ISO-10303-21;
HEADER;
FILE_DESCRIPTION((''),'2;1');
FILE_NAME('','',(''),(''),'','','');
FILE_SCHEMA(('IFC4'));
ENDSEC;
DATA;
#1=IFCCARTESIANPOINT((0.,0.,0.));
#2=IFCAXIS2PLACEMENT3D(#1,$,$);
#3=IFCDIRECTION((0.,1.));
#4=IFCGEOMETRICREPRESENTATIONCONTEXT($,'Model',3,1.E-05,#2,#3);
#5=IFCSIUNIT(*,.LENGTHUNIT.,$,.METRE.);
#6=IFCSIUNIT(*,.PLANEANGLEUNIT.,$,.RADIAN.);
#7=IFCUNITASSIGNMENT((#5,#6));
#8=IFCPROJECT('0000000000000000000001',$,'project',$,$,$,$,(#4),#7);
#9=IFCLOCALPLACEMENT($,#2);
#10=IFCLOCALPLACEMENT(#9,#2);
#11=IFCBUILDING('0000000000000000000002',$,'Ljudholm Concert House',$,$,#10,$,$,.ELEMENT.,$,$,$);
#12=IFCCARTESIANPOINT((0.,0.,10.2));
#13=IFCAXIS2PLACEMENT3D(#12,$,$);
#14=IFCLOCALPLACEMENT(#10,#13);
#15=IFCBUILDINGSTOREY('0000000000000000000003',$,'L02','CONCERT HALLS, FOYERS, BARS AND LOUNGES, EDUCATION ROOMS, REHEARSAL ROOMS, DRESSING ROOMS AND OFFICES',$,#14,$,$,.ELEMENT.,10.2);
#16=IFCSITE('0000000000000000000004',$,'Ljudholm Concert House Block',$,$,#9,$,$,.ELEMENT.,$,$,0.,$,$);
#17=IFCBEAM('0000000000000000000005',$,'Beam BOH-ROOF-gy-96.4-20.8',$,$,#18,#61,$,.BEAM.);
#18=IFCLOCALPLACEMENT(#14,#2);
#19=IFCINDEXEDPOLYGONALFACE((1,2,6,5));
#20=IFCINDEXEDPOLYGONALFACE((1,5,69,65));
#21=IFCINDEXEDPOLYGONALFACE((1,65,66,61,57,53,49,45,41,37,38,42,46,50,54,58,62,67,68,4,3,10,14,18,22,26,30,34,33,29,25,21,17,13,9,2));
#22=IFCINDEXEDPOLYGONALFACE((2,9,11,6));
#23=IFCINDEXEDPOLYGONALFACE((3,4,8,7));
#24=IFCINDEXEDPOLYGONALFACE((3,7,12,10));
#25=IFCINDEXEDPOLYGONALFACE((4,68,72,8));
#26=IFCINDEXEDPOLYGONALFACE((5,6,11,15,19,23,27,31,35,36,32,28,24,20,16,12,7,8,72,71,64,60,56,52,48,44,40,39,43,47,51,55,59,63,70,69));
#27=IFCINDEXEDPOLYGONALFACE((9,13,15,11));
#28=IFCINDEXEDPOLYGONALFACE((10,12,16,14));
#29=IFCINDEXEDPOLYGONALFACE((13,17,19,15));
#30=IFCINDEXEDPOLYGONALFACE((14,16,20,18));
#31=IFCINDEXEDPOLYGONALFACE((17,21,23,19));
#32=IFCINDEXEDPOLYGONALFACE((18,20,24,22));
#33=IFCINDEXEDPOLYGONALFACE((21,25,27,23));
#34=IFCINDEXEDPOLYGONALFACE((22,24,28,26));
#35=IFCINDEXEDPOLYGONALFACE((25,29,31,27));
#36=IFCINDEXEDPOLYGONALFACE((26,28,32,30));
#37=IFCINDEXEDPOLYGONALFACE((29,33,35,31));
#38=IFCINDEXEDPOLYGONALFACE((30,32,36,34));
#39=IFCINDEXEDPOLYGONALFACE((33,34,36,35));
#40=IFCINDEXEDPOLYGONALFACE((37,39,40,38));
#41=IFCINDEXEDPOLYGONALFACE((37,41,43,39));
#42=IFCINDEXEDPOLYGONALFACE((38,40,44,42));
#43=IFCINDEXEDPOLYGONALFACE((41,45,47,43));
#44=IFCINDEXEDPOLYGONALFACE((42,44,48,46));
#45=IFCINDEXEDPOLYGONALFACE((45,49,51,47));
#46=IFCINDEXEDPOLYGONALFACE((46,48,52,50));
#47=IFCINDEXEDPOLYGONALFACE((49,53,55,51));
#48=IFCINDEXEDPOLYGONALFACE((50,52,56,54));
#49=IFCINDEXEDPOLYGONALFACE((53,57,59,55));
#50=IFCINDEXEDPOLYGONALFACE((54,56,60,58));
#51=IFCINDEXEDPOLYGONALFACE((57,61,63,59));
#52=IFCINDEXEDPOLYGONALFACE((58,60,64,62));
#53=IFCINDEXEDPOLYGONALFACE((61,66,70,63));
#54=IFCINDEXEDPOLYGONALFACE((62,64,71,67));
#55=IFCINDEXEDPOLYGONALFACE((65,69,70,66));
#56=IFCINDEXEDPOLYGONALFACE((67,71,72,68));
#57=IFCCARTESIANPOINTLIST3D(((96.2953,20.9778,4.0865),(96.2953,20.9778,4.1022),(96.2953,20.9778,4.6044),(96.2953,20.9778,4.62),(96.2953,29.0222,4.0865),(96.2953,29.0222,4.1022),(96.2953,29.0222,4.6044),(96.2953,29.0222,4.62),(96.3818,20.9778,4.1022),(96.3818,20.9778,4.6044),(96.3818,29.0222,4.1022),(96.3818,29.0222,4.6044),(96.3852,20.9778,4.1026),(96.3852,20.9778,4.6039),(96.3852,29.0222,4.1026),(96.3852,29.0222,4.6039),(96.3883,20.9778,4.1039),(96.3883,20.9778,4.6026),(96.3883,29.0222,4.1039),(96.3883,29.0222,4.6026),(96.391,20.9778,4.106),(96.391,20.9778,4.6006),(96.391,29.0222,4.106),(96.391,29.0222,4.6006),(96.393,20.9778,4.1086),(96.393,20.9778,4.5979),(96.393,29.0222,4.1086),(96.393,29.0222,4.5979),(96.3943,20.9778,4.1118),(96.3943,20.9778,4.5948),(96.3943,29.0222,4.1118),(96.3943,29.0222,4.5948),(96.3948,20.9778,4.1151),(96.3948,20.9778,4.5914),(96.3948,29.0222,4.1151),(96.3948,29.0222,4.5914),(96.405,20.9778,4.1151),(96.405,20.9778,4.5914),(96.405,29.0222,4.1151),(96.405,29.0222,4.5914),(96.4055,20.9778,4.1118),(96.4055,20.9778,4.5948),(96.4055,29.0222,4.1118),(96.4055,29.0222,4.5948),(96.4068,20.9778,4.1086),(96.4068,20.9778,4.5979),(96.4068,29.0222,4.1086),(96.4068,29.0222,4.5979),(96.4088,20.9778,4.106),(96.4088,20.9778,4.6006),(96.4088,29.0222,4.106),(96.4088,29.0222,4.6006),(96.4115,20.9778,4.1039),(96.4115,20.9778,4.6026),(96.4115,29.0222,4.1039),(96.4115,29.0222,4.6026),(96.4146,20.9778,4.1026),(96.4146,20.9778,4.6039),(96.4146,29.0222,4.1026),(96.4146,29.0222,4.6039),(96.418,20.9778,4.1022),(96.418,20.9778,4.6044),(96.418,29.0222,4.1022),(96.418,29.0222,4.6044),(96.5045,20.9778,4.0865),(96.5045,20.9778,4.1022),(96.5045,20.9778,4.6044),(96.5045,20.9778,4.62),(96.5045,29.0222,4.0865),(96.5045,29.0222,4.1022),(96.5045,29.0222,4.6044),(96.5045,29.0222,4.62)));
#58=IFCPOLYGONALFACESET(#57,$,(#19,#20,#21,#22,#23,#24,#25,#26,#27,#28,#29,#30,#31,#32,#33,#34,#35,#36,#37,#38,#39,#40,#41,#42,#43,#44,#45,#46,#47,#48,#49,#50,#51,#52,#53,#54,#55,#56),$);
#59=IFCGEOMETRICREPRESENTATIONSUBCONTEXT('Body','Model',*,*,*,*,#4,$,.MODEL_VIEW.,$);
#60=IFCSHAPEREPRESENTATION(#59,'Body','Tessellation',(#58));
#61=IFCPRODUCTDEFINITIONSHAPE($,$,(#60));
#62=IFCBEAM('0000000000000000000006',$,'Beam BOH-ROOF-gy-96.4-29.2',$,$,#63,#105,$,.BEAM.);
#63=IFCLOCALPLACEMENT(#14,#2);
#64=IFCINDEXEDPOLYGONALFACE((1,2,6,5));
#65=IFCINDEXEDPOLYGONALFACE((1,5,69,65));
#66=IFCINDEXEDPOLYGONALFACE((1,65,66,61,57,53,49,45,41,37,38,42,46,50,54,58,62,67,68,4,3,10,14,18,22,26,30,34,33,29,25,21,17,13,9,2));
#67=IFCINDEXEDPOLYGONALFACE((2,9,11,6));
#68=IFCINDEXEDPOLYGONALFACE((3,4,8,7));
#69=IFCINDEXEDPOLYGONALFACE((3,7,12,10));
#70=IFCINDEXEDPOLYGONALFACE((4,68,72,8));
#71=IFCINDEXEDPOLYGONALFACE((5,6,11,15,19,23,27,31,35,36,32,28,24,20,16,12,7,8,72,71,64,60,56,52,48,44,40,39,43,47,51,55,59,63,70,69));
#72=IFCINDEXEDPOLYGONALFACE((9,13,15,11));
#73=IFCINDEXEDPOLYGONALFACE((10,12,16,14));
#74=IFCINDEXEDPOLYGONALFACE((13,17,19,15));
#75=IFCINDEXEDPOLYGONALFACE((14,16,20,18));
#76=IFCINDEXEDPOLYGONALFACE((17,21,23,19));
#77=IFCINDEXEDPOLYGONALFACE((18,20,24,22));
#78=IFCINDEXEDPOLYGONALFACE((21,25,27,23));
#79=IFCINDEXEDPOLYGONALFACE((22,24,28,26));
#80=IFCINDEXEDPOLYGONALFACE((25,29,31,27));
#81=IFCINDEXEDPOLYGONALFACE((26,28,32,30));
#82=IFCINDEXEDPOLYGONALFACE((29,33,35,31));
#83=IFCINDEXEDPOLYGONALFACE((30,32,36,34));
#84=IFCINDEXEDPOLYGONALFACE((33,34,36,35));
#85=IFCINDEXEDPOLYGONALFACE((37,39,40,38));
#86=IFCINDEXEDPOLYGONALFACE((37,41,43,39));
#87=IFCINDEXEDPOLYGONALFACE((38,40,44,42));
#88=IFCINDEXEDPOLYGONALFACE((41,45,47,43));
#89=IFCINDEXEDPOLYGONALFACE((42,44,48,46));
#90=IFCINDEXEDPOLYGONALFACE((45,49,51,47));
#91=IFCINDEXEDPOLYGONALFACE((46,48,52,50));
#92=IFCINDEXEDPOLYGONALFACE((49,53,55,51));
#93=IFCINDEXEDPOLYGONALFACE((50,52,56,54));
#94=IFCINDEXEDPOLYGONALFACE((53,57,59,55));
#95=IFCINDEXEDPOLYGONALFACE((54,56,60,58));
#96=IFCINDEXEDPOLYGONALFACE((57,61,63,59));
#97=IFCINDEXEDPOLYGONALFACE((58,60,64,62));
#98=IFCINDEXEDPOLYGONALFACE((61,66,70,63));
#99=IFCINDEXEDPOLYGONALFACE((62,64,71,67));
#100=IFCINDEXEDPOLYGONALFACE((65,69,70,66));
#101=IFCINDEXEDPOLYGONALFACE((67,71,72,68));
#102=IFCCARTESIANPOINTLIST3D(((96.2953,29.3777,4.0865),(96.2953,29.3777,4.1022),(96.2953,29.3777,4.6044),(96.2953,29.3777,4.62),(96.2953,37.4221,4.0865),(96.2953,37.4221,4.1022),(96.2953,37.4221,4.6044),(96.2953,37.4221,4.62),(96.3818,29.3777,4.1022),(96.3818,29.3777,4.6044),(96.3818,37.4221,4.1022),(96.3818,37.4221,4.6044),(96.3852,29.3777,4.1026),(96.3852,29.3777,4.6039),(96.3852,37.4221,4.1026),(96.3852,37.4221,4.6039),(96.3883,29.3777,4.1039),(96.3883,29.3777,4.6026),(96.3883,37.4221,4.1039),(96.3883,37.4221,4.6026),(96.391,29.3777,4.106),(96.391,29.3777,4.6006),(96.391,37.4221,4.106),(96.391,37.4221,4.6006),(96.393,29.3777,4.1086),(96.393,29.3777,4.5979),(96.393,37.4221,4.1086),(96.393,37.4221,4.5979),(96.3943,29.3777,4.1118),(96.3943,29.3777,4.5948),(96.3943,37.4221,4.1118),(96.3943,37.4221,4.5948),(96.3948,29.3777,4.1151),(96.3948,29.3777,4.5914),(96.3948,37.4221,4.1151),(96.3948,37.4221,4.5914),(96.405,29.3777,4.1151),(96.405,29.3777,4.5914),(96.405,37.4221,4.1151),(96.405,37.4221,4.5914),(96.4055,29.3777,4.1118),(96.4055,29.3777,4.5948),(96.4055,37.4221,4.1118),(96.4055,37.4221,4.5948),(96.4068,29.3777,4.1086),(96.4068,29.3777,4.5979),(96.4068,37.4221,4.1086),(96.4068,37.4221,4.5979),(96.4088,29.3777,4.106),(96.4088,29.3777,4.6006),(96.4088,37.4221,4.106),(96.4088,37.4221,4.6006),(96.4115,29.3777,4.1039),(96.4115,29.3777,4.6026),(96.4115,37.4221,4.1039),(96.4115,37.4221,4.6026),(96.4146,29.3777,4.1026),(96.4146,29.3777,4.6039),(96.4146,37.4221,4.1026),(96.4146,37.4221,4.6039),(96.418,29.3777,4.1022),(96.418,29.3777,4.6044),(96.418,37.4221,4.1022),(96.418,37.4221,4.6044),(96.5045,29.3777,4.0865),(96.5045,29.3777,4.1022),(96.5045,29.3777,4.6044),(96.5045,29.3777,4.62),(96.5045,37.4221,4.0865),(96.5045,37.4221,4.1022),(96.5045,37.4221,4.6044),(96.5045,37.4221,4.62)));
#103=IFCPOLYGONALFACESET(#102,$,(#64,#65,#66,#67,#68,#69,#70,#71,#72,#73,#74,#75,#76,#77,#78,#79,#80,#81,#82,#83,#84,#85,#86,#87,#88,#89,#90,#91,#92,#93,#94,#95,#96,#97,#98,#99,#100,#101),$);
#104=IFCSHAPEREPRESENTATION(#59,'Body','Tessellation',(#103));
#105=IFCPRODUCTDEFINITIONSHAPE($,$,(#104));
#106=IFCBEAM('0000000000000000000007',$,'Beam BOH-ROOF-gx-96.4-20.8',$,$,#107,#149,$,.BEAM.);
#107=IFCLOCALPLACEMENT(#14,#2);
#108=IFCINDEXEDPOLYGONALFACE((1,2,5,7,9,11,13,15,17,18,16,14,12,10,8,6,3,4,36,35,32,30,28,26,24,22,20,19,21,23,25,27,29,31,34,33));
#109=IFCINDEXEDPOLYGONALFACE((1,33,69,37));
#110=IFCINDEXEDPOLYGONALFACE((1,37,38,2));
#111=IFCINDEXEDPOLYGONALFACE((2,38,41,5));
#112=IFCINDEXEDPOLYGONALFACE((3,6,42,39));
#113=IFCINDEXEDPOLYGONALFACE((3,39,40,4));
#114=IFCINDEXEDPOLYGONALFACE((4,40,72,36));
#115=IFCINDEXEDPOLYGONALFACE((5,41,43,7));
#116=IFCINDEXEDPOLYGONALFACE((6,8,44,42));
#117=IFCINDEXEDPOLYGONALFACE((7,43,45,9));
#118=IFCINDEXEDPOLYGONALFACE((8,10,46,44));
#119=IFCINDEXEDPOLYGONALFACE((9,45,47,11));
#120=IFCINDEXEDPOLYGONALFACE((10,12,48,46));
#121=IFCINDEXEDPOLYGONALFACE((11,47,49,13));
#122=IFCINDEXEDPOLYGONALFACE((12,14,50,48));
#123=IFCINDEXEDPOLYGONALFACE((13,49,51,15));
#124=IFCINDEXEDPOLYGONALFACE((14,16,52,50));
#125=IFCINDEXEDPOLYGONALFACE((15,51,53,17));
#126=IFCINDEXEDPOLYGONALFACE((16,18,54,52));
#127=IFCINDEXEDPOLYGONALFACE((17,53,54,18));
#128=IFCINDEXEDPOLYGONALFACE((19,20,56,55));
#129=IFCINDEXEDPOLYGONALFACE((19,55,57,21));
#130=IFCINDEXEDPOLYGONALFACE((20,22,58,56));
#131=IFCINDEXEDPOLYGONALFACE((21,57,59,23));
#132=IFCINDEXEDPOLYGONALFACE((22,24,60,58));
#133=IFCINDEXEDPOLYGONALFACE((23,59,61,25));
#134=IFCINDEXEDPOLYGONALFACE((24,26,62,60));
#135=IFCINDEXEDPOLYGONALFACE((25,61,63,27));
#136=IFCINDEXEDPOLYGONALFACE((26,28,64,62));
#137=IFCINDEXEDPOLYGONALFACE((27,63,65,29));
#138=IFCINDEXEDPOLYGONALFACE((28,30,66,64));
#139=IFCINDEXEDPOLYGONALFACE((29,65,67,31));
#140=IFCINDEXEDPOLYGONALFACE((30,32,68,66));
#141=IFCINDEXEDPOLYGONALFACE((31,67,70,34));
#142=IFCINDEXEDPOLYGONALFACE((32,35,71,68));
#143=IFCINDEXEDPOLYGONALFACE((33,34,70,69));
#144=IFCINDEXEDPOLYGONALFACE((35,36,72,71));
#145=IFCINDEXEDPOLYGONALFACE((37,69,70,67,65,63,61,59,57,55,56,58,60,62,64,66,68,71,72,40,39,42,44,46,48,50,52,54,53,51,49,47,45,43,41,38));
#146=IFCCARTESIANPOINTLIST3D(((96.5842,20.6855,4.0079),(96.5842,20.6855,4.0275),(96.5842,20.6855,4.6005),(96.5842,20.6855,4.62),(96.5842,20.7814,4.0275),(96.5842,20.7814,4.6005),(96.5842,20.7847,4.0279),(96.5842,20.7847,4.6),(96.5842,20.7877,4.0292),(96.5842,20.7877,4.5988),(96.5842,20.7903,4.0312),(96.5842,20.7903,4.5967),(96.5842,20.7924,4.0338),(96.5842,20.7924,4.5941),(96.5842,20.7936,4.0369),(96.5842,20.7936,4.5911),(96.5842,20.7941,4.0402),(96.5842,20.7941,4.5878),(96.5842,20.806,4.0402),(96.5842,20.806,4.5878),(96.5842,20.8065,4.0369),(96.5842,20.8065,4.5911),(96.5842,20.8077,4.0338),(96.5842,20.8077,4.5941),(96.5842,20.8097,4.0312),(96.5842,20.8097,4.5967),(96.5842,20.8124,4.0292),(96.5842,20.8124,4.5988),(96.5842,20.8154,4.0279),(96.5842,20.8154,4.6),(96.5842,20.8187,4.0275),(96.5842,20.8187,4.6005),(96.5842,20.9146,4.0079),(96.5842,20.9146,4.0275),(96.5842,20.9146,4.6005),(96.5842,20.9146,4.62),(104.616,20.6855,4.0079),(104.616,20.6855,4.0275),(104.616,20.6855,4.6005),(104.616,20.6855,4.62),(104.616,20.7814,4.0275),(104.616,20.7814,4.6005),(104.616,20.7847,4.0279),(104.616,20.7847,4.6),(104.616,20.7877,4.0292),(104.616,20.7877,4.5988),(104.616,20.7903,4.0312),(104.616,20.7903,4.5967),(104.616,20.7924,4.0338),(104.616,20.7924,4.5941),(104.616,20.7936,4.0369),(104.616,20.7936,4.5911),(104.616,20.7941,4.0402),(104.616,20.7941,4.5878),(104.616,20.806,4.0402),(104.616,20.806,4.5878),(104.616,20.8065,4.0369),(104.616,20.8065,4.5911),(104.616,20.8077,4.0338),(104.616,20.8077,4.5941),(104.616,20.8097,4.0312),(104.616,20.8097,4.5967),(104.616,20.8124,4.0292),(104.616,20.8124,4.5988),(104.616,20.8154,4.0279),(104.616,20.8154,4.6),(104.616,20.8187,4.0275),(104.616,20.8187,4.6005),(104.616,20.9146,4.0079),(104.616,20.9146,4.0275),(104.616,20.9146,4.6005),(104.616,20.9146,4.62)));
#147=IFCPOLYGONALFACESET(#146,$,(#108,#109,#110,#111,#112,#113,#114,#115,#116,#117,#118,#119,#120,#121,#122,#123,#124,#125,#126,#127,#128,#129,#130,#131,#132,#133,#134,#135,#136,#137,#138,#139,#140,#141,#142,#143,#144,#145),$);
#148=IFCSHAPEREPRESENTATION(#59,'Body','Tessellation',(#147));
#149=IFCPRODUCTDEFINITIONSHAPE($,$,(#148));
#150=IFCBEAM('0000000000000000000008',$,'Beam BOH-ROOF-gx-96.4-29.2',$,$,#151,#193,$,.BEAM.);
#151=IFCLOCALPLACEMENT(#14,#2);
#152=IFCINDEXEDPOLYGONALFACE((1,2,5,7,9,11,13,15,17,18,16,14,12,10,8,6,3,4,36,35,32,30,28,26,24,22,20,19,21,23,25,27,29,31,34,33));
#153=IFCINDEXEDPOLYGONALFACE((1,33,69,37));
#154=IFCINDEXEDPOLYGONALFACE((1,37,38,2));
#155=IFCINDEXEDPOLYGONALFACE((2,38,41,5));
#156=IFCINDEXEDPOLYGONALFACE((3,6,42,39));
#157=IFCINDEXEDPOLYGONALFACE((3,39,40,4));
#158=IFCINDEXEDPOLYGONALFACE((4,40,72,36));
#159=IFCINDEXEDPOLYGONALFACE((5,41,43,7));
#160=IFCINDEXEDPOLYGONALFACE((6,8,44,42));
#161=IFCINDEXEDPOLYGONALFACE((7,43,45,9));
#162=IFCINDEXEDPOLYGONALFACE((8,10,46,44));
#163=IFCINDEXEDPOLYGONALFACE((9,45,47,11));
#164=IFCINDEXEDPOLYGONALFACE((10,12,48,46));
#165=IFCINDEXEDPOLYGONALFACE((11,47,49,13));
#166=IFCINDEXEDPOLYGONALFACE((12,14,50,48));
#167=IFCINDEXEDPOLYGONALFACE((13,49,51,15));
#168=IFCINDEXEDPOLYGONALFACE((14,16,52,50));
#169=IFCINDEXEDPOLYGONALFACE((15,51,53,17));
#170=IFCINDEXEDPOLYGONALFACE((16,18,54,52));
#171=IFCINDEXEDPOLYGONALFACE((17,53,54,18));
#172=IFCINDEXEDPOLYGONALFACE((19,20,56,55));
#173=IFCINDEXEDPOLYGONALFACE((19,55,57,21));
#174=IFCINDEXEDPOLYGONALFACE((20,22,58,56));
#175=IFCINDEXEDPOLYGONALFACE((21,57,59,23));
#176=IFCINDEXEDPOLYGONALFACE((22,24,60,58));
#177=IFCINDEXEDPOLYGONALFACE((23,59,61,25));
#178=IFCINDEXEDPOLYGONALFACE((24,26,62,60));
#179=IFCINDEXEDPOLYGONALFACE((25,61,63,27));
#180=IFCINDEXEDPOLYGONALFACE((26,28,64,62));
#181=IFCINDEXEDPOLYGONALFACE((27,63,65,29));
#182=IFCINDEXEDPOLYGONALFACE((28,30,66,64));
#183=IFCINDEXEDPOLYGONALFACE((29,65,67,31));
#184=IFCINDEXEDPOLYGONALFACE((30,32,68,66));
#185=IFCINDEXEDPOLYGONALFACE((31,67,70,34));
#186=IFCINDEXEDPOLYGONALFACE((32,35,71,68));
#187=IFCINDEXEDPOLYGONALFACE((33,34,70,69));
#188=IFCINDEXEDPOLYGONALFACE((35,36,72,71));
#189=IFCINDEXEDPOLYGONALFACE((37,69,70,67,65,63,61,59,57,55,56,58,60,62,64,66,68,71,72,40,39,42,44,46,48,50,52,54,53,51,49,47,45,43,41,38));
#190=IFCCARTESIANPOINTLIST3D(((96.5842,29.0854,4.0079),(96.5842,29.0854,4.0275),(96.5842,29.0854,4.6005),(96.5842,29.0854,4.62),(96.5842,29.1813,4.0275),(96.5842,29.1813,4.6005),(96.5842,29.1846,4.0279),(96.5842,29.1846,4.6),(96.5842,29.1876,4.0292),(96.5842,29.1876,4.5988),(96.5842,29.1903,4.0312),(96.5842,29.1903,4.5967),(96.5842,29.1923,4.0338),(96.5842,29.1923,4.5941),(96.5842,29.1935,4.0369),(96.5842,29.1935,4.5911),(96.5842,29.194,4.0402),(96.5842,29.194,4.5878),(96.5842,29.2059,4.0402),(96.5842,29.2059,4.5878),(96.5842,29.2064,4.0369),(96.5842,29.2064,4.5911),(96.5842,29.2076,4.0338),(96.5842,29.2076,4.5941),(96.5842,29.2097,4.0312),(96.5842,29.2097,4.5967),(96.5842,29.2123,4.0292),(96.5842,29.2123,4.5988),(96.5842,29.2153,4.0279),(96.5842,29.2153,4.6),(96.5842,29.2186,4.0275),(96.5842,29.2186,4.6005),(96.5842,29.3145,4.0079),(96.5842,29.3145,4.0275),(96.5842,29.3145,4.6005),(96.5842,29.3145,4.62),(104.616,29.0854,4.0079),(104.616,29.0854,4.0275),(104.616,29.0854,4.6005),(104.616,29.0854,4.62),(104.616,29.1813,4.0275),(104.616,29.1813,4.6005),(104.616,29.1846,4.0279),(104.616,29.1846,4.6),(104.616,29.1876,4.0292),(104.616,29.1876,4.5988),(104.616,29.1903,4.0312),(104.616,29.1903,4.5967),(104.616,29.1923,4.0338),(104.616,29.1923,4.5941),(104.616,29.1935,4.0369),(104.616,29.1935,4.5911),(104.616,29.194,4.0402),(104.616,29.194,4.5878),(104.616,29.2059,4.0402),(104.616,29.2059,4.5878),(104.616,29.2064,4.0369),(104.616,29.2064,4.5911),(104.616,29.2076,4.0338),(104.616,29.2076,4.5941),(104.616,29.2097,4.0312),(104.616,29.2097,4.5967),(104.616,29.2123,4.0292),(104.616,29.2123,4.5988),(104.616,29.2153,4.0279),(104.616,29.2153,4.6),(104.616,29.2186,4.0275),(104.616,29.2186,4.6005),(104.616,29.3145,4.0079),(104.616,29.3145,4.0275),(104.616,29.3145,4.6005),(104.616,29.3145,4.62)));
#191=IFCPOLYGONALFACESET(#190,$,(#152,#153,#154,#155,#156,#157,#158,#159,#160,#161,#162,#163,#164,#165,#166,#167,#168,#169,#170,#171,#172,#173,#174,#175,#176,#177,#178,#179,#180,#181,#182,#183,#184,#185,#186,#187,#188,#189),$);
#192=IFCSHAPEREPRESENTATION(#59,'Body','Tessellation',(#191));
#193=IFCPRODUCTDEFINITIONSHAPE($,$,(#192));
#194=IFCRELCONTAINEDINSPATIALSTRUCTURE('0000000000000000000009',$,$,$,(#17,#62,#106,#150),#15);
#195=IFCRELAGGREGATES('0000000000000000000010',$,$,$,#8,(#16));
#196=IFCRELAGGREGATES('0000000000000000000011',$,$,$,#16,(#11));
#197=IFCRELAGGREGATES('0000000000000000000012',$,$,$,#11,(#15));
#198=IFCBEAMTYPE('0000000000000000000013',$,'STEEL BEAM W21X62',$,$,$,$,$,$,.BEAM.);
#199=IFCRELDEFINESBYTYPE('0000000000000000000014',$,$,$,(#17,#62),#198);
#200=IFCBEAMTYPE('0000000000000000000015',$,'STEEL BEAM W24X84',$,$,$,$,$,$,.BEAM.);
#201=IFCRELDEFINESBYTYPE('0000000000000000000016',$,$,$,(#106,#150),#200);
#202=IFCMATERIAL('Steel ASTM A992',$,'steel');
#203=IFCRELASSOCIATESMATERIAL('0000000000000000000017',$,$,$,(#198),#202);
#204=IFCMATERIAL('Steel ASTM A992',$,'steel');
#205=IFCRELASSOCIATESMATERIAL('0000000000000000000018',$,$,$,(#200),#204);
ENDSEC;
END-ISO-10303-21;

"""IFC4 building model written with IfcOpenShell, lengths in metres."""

from ifc_helpers import new_model, si_unit, direction, frame, origin, origin_2d, place, context, subcontext, project, spatial, i_section, extrude, material, material_profile, profile_set, type_object, element, save


model = new_model("IFC4")

# Units and contexts
model_context = context("Model", 3, precision=1e-05, world=origin(), true_north=direction((0.0, 1.0)))
body_context = subcontext(model_context, "Body", "Model", "MODEL_VIEW")
ifc_project = project(units=[si_unit("LENGTHUNIT", "METRE"), si_unit("PLANEANGLEUNIT", "RADIAN")], contexts=[model_context])

# Site, building, storey
site_placement = place(None, origin())
site = spatial("IfcSite", under=ifc_project, at=site_placement, Name="Ljudholm Concert House Block", CompositionType="ELEMENT", RefElevation=0.0)
building_placement = place(site_placement, origin())
building = spatial("IfcBuilding", under=site, at=building_placement, Name="Ljudholm Concert House", CompositionType="ELEMENT")
storey_placement = place(building_placement, frame((0.0, 0.0, 10.2)))
storey = spatial("IfcBuildingStorey", under=building, at=storey_placement, Name="L02", Description="CONCERT HALLS, FOYERS, BARS AND LOUNGES, EDUCATION ROOMS, REHEARSAL ROOMS, DRESSING ROOMS AND OFFICES", CompositionType="ELEMENT", Elevation=10.2)

# Beams
ifc_material_1 = material(Name="Steel ASTM A992", Category="steel")
ifc_material_profile_1 = material_profile(ifc_material_1, i_section(OverallWidth=0.2092, OverallDepth=0.5334, WebThickness=0.0103, FlangeThickness=0.0156, FilletRadius=0.0129, at=origin_2d()), Name="W21X62")
ifc_profile_set_1 = profile_set([ifc_material_profile_1], Name="Steel ASTM A992")
beam_type_1 = type_object("IfcBeamType", Name="STEEL BEAM W21X62", PredefinedType="BEAM", material=ifc_profile_set_1)
for number, where, z_axis, x_axis, name in (
    (1, (96.3999, 20.9778, 4.3533), (0.0, 1.0, 0.0), (-1.0, 0.0, 0.0), "Beam BOH-ROOF-gy-96.4-20.8"),
    (2, (96.3999, 29.3777, 4.3533), (0.0, 1.0, 0.0), (-1.0, 0.0, 0.0), "Beam BOH-ROOF-gy-96.4-29.2"),
):
    element("IfcBeam", number, at=place(storey_placement, frame(where, z_axis=z_axis, x_axis=x_axis)), inside=storey, type_object=beam_type_1, Name=name, PredefinedType="BEAM", context=body_context, shape_type="SweptSolid", body=[
        extrude(i_section(OverallWidth=0.2092, OverallDepth=0.5334, WebThickness=0.0103, FlangeThickness=0.0156, FilletRadius=0.0129, at=origin_2d()), origin(), (0.0, 0.0, 1.0), 8.0444),
    ])
ifc_material_2 = material(Name="Steel ASTM A992", Category="steel")
ifc_material_profile_2 = material_profile(ifc_material_2, i_section(OverallWidth=0.229, OverallDepth=0.6121, WebThickness=0.012, FlangeThickness=0.0195, FilletRadius=0.0127, at=origin_2d()), Name="W24X84")
ifc_profile_set_2 = profile_set([ifc_material_profile_2], Name="Steel ASTM A992")
beam_type_2 = type_object("IfcBeamType", Name="STEEL BEAM W24X84", PredefinedType="BEAM", material=ifc_profile_set_2)
for number, where, z_axis, x_axis, name in (
    (3, (96.5842, 20.8, 4.314), (1.0, 0.0, 0.0), (0.0, 1.0, 0.0), "Beam BOH-ROOF-gx-96.4-20.8"),
    (4, (96.5842, 29.2, 4.314), (1.0, 0.0, 0.0), (0.0, 1.0, 0.0), "Beam BOH-ROOF-gx-96.4-29.2"),
):
    element("IfcBeam", number, at=place(storey_placement, frame(where, z_axis=z_axis, x_axis=x_axis)), inside=storey, type_object=beam_type_2, Name=name, PredefinedType="BEAM", context=body_context, shape_type="SweptSolid", body=[
        extrude(i_section(OverallWidth=0.229, OverallDepth=0.6121, WebThickness=0.012, FlangeThickness=0.0195, FilletRadius=0.0127, at=origin_2d()), origin(), (0.0, 0.0, 1.0), 8.0317),
    ])

save(model, "model.ifc")
